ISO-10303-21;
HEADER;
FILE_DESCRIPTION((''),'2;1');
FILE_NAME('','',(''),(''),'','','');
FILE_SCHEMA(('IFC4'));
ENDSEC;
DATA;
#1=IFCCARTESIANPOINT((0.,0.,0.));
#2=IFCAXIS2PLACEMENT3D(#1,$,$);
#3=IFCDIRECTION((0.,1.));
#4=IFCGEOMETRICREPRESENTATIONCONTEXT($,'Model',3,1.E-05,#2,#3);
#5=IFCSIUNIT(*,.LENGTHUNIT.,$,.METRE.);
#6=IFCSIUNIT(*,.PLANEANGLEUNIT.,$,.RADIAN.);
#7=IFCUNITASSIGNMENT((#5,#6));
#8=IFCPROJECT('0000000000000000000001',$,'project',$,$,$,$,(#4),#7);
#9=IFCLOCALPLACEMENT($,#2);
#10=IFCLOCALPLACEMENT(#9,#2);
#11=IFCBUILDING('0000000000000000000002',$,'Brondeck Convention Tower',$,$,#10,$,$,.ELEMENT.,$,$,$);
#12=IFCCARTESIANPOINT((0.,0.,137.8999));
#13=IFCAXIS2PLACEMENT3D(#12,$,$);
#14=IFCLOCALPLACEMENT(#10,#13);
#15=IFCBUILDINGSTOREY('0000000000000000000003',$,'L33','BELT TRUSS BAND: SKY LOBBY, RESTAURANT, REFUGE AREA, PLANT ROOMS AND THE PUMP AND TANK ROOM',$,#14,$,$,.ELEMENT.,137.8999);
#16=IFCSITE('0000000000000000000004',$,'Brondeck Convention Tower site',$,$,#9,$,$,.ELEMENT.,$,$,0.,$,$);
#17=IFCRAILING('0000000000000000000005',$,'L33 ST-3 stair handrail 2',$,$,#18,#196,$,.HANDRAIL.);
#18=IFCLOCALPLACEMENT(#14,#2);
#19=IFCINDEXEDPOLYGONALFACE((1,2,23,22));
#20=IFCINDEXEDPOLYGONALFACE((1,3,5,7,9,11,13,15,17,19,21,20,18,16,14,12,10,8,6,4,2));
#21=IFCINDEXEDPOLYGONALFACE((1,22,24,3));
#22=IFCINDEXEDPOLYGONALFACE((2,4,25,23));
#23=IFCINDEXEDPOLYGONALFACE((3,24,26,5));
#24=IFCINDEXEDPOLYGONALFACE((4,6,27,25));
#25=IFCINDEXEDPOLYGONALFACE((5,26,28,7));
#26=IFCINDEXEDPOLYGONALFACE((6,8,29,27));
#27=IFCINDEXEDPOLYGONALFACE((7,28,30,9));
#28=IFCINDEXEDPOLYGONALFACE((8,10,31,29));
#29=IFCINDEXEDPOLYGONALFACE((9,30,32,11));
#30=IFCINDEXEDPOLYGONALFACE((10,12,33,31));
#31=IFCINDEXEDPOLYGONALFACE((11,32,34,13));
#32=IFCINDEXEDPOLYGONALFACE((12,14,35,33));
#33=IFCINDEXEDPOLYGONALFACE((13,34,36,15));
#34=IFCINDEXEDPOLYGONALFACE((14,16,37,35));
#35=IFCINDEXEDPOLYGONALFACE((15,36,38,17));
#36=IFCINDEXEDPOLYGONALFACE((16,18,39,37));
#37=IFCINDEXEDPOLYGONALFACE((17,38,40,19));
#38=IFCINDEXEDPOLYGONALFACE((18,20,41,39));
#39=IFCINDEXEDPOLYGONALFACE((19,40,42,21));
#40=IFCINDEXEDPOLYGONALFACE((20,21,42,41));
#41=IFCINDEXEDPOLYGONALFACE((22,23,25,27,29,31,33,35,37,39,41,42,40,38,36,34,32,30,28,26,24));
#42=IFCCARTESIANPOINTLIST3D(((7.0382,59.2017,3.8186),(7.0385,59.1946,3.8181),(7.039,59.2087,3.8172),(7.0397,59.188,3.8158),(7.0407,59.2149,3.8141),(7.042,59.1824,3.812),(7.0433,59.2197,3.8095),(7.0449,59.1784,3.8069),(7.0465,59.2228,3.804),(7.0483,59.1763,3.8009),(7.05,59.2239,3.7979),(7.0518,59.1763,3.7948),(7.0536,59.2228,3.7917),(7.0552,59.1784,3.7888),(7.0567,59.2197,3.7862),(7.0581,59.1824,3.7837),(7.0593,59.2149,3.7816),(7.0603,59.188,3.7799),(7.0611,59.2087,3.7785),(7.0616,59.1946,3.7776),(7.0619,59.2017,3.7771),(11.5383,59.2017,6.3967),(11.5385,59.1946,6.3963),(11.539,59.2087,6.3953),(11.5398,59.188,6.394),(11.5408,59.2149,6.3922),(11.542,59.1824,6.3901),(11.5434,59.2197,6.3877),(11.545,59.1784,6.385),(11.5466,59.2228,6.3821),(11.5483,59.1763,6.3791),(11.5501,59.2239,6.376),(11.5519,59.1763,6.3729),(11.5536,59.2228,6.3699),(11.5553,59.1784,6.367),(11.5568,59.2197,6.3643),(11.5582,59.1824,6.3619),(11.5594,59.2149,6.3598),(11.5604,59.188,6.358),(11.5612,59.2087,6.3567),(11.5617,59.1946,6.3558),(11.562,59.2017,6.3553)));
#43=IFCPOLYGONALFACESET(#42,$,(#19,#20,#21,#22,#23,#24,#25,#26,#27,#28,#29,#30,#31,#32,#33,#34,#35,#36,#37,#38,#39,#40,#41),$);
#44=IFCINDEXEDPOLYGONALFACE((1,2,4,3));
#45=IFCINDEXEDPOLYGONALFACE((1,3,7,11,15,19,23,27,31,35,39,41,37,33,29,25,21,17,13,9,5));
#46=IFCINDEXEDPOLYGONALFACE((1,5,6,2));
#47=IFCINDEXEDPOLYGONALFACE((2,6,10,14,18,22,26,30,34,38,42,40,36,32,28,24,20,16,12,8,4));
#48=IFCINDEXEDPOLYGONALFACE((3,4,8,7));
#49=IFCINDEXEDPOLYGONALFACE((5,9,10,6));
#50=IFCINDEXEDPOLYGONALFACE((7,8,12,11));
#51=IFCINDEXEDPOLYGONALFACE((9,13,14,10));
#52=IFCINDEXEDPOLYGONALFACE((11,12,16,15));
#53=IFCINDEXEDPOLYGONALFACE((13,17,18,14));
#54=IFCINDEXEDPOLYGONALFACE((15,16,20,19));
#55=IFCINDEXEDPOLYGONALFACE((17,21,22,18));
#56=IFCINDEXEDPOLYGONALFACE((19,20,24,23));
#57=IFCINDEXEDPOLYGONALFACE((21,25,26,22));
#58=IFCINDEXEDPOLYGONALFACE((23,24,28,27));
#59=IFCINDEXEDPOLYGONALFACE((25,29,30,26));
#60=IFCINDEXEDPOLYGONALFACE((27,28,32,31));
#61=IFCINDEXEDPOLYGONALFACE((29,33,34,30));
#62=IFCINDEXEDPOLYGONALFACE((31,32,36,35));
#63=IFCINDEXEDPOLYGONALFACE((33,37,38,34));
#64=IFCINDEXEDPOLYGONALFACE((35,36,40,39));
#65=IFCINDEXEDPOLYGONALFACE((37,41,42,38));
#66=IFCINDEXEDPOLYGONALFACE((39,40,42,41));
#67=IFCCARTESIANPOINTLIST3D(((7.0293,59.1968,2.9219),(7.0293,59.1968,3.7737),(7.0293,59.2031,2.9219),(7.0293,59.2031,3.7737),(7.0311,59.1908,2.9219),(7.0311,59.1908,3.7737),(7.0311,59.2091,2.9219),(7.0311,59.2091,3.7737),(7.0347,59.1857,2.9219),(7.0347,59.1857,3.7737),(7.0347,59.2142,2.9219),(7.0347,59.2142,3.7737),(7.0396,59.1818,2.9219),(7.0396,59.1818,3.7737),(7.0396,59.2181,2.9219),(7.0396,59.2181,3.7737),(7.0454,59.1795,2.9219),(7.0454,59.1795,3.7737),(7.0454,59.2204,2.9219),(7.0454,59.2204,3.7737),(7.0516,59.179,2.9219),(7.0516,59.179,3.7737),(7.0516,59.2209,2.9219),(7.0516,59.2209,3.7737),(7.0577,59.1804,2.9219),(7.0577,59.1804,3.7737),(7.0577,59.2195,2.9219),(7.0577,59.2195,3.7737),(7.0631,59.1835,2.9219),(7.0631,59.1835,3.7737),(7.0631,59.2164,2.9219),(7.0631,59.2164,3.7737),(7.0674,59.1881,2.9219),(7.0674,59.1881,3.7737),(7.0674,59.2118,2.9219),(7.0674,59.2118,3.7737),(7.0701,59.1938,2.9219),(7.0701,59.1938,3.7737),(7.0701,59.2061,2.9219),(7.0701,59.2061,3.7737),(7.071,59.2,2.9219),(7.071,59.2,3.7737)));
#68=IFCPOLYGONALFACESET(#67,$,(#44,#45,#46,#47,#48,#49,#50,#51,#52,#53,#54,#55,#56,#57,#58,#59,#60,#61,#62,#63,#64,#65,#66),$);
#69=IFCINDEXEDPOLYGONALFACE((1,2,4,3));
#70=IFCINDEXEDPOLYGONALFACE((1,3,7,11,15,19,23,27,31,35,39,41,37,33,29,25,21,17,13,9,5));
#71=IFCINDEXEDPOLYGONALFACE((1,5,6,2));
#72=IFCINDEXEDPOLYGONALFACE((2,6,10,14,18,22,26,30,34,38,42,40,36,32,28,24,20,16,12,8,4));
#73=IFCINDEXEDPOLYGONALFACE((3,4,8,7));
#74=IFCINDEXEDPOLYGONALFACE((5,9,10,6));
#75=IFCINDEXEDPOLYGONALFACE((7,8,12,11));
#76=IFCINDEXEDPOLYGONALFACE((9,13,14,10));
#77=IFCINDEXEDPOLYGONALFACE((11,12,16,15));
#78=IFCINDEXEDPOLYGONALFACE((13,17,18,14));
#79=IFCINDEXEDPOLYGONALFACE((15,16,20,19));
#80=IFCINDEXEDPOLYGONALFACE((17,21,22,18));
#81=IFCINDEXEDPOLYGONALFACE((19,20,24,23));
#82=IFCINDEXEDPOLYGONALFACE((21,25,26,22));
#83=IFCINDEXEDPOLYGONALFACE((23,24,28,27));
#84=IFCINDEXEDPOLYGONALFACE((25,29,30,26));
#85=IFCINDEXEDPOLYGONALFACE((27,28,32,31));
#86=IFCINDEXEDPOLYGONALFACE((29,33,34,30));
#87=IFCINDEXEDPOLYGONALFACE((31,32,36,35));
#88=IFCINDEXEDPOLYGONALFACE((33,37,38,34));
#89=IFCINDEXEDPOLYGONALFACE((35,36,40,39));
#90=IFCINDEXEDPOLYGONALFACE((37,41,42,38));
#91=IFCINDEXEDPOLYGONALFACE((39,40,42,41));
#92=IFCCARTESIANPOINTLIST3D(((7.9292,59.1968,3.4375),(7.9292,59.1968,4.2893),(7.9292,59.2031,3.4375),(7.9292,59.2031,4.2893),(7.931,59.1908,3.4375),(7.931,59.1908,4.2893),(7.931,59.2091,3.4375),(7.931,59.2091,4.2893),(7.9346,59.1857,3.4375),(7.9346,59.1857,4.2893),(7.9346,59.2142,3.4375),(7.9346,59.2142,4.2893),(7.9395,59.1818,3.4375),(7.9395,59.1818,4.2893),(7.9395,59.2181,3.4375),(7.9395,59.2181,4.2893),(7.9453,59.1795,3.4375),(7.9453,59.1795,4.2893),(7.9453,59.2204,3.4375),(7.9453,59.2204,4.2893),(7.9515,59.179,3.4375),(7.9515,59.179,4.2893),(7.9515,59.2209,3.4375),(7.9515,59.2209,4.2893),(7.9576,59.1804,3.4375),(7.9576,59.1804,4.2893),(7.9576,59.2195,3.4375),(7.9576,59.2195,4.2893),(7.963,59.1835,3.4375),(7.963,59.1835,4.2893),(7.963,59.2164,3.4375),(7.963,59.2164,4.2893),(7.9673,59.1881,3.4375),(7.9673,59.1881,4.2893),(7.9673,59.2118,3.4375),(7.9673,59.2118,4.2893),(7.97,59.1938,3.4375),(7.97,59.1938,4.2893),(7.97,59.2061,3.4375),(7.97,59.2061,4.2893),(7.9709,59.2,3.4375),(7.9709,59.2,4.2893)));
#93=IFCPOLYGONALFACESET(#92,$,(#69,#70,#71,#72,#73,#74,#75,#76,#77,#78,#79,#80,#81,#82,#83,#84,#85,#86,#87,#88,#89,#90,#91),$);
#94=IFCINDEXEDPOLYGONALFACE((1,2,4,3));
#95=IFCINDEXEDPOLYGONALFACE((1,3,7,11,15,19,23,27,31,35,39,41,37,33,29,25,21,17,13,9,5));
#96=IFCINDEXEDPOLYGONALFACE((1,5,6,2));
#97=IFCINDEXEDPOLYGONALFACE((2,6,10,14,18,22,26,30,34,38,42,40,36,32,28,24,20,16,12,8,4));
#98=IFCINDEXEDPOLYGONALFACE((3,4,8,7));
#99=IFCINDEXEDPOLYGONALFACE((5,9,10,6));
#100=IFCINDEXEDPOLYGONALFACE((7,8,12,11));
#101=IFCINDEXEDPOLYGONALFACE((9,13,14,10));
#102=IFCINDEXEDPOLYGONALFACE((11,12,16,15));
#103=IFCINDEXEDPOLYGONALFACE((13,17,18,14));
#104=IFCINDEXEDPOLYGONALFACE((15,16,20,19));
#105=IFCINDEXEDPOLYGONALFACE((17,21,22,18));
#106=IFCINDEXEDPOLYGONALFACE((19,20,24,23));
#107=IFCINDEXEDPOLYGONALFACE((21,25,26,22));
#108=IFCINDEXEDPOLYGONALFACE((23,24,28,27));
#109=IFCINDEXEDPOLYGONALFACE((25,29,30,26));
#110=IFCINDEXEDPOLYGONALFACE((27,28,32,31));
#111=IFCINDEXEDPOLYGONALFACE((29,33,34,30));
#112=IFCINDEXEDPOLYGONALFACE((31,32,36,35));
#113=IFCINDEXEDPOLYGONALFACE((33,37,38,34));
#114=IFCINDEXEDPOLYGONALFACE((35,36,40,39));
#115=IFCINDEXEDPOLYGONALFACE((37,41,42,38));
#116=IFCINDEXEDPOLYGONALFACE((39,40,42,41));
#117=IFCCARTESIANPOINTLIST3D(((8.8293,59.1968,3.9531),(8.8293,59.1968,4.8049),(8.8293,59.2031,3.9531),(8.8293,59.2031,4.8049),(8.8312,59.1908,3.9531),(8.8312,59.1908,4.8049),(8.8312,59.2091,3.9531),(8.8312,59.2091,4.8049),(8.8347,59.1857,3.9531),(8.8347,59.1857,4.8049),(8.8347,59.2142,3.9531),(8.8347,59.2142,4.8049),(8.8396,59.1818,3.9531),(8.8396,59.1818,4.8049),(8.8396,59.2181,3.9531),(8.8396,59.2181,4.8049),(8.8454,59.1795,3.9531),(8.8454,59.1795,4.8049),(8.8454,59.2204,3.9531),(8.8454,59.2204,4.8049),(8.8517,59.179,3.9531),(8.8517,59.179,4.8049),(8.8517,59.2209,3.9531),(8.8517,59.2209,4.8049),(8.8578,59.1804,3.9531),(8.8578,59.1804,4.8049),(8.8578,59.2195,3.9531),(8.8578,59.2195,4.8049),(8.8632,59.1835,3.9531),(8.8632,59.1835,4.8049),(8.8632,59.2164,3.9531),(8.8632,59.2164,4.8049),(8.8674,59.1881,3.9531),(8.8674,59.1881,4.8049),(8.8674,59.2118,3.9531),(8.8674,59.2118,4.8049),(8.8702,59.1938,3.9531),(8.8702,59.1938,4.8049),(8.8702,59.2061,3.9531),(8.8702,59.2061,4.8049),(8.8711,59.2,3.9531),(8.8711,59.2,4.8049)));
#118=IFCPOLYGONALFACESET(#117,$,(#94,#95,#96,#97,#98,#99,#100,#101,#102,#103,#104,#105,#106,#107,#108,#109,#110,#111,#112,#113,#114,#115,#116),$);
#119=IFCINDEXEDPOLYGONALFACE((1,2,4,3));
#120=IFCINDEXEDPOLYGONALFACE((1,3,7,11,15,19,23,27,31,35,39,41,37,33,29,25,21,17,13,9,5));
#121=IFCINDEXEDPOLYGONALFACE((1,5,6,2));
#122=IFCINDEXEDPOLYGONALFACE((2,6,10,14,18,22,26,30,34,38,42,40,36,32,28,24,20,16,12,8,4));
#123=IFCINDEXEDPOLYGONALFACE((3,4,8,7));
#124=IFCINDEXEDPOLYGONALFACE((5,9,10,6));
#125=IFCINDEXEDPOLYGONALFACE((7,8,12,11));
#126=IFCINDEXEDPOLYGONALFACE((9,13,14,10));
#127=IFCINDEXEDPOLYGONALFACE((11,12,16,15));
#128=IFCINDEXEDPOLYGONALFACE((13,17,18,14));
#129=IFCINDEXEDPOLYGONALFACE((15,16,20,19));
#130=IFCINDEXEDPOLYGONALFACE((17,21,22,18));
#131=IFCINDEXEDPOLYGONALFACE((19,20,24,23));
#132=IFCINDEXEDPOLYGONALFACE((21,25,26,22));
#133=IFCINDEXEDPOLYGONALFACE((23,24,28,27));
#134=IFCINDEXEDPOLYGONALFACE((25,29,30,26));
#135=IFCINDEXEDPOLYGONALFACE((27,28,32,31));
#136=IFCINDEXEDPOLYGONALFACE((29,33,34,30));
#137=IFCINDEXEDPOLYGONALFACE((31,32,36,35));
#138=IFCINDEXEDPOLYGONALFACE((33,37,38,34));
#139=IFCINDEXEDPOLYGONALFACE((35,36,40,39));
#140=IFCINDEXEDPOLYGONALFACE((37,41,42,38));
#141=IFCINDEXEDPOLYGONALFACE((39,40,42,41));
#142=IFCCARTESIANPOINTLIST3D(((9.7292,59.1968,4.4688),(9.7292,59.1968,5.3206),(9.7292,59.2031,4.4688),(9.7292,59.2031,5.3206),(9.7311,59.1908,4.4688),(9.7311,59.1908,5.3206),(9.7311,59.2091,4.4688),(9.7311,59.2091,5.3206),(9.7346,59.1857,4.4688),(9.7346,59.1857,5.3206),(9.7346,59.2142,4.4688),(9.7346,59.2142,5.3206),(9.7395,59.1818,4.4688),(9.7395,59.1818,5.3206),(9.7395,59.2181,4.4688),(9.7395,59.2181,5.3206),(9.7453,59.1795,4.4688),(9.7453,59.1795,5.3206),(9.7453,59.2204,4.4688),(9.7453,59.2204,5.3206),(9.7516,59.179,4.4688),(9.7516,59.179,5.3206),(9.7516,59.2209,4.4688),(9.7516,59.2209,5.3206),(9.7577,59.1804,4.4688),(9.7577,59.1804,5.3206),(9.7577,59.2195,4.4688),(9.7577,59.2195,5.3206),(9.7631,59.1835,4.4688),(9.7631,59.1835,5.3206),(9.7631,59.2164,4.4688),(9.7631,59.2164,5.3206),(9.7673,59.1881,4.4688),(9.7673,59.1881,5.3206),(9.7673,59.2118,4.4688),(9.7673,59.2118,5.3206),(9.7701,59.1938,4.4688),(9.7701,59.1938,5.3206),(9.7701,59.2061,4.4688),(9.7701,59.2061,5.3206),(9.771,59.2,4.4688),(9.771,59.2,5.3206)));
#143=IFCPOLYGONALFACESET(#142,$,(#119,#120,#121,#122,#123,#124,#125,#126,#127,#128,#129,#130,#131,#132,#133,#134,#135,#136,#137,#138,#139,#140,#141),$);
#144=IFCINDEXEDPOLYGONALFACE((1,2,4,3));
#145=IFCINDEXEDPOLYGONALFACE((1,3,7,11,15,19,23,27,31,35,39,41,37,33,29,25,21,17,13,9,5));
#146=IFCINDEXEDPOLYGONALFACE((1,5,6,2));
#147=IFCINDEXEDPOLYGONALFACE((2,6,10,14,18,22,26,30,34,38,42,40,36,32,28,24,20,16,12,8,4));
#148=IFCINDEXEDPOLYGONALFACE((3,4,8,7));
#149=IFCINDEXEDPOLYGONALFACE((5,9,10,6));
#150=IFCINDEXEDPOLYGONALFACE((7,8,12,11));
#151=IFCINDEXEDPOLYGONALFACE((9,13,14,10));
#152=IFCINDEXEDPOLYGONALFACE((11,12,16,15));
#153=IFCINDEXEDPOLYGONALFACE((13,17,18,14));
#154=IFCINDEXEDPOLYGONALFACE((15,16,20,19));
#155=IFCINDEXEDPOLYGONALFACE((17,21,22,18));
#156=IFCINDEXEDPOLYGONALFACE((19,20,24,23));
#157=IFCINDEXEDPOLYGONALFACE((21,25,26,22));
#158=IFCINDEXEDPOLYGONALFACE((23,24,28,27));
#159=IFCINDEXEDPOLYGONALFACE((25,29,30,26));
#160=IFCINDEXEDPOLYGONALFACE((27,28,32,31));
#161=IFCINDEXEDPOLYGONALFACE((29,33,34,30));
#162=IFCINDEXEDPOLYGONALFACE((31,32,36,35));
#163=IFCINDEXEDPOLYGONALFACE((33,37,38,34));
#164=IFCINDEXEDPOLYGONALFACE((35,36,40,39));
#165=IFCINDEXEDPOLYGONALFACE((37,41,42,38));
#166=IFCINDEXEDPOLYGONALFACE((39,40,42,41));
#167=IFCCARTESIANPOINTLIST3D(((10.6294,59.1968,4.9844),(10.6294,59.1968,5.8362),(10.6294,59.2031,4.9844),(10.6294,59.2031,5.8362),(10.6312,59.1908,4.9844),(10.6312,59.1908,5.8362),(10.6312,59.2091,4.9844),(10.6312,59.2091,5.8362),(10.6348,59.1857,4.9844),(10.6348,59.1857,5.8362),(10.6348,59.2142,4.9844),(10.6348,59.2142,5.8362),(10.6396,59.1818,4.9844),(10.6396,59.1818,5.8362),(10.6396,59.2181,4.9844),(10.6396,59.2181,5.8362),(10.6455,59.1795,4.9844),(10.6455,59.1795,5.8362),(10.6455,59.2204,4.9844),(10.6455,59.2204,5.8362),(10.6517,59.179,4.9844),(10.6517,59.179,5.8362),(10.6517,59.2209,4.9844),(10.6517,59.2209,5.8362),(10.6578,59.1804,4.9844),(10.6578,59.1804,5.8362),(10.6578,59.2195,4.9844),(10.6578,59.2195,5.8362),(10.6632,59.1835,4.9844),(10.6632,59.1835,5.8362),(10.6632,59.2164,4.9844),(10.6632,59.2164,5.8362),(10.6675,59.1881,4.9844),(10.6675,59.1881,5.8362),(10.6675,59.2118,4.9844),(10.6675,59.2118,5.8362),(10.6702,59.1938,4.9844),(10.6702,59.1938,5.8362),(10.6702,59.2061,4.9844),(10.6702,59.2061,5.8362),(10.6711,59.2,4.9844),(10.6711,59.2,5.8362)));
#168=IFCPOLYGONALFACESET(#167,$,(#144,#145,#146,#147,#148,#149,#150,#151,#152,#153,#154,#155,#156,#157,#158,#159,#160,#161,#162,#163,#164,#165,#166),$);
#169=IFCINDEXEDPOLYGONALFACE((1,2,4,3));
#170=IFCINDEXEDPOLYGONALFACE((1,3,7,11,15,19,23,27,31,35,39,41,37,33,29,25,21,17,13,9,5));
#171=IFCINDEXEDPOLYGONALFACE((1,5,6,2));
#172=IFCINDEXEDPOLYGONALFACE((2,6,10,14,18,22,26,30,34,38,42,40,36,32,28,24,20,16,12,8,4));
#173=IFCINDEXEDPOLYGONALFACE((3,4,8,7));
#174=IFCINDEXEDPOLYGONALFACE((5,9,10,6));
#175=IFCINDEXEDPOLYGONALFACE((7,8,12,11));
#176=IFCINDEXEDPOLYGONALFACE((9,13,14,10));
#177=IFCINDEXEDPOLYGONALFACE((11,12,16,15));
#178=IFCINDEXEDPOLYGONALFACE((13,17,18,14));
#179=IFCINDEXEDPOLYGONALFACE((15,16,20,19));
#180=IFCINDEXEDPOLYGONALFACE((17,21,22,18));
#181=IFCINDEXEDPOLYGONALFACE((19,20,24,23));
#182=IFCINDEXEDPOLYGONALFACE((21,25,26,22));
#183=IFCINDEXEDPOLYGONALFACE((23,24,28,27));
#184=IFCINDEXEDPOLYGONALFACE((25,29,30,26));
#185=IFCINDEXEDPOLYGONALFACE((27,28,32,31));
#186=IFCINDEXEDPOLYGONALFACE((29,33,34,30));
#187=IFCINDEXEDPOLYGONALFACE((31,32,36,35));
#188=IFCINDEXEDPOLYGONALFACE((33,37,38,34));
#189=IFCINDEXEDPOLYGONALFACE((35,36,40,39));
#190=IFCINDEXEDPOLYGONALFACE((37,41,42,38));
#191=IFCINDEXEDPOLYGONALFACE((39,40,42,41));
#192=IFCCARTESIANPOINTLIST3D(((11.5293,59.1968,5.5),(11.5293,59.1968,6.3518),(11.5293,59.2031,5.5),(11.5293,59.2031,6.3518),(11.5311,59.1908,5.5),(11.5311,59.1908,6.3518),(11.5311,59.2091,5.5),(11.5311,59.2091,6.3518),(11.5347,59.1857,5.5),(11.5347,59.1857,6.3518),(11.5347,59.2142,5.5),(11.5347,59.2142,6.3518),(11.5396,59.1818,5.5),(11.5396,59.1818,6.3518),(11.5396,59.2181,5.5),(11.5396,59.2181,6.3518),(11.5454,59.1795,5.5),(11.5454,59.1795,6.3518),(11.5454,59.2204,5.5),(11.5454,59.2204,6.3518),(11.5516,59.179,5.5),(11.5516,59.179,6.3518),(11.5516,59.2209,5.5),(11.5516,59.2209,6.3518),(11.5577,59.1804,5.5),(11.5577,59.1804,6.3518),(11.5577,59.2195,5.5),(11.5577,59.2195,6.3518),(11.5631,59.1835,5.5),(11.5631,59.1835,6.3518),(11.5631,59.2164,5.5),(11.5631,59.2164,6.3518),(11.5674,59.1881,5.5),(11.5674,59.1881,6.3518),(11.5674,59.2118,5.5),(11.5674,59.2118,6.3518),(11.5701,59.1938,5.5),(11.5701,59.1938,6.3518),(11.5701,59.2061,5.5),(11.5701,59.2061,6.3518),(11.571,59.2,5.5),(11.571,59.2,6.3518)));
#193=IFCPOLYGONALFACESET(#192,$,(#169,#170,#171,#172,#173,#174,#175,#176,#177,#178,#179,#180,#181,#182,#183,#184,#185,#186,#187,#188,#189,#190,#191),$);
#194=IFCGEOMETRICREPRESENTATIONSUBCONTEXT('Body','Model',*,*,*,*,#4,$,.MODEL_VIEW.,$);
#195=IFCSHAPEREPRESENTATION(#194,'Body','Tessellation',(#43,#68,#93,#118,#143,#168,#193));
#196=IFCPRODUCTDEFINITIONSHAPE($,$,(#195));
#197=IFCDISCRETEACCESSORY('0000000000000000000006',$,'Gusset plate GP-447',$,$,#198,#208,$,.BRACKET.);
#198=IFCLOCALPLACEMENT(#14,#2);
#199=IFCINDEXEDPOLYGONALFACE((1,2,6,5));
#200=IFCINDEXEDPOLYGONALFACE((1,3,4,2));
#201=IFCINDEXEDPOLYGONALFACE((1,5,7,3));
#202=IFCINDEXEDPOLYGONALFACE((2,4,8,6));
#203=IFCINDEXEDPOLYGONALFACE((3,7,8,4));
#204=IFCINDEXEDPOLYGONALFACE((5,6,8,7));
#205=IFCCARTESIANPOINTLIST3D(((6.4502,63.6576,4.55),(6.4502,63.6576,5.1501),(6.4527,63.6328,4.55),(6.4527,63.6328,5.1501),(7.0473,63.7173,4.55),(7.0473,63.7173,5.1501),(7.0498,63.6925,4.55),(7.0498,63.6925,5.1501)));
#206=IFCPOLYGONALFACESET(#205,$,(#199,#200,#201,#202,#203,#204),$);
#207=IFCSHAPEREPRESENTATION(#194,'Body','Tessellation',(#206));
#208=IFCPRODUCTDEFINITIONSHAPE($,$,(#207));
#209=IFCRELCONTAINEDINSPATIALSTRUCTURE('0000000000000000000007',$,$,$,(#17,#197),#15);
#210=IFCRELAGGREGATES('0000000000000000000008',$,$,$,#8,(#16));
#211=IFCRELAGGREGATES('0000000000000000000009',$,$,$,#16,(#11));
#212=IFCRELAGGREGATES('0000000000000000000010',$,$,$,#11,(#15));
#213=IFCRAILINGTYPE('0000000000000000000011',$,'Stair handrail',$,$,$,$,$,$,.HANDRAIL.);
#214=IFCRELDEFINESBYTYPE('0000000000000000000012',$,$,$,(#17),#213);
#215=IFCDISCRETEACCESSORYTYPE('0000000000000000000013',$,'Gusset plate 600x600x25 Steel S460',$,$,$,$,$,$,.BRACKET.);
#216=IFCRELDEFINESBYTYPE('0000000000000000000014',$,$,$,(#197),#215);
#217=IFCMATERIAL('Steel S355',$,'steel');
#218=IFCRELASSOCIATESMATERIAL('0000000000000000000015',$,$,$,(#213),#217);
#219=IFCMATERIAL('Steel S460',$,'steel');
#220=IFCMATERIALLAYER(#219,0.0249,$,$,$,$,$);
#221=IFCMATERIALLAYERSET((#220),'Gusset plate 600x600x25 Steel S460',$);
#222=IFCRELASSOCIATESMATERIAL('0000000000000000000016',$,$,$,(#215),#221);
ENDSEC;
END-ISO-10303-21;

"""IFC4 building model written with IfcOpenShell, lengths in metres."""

from ifc_helpers import new_model, si_unit, direction, frame, origin, origin_2d, place, context, subcontext, project, spatial, rectangle, circle, extrude, material, layer, layer_set, type_object, element, save


model = new_model("IFC4")

# Units and contexts
model_context = context("Model", 3, precision=1e-05, world=origin(), true_north=direction((0.0, 1.0)))
body_context = subcontext(model_context, "Body", "Model", "MODEL_VIEW")
ifc_project = project(units=[si_unit("LENGTHUNIT", "METRE"), si_unit("PLANEANGLEUNIT", "RADIAN")], contexts=[model_context])

# Site, building, storey
site_placement = place(None, origin())
site = spatial("IfcSite", under=ifc_project, at=site_placement, Name="Brondeck Convention Tower site", CompositionType="ELEMENT", RefElevation=0.0)
building_placement = place(site_placement, origin())
building = spatial("IfcBuilding", under=site, at=building_placement, Name="Brondeck Convention Tower", CompositionType="ELEMENT")
storey_placement = place(building_placement, frame((0.0, 0.0, 137.8999)))
storey = spatial("IfcBuildingStorey", under=building, at=storey_placement, Name="L33", Description="BELT TRUSS BAND: SKY LOBBY, RESTAURANT, REFUGE AREA, PLANT ROOMS AND THE PUMP AND TANK ROOM", CompositionType="ELEMENT", Elevation=137.8999)

# Shared definitions
ifc_material_1 = material(Name="Steel S460", Category="steel")

# Railing
ifc_material_2 = material(Name="Steel S355", Category="steel")
railing_type = type_object("IfcRailingType", Name="Stair handrail", PredefinedType="HANDRAIL", material=ifc_material_2)
railing_placement = place(storey_placement, frame((7.05, 59.2, 2.9219)))
element("IfcRailing", 1, at=railing_placement, inside=storey, type_object=railing_type, Name="L33 ST-3 stair handrail 2", PredefinedType="HANDRAIL", context=body_context, shape_type="SweptSolid", body=[
    extrude(circle(Radius=0.0239, at=origin_2d()), frame((0.0, 0.0, 0.876), z_axis=(0.867686, 0.0, 0.497112), x_axis=(0.0, 1.0, 0.0)), (0.0, 0.0, 1.0), 5.1863),
    extrude(circle(Radius=0.021, at=origin_2d()), origin(), (0.0, 0.0, 1.0), 0.8518),
    extrude(circle(Radius=0.021, at=origin_2d()), frame((0.8999, 0.0, 0.5156)), (0.0, 0.0, 1.0), 0.8518),
    extrude(circle(Radius=0.021, at=origin_2d()), frame((1.8, 0.0, 1.0312)), (0.0, 0.0, 1.0), 0.8518),
    extrude(circle(Radius=0.021, at=origin_2d()), frame((2.7, 0.0, 1.5469)), (0.0, 0.0, 1.0), 0.8518),
    extrude(circle(Radius=0.021, at=origin_2d()), frame((3.6001, 0.0, 2.0625)), (0.0, 0.0, 1.0), 0.8518),
    extrude(circle(Radius=0.021, at=origin_2d()), frame((4.5, 0.0, 2.5781)), (0.0, 0.0, 1.0), 0.8518),
])

# Discrete accessory
ifc_layer_1 = layer(ifc_material_1, 0.0249)
ifc_layer_set_1 = layer_set([ifc_layer_1], Name="Gusset plate 600x600x25 Steel S460")
discrete_accessory_type = type_object("IfcDiscreteAccessoryType", Name="Gusset plate 600x600x25 Steel S460", PredefinedType="BRACKET", material=ifc_layer_set_1)
for number, where, z_axis, x_axis, name in (
    (2, (6.75, 63.675, 4.55), (0.0, 0.0, 1.0), (0.995036, 0.099511, 0.0), "Gusset plate GP-447"),
):
    element("IfcDiscreteAccessory", number, at=place(storey_placement, frame(where, z_axis=z_axis, x_axis=x_axis)), inside=storey, type_object=discrete_accessory_type, Name=name, PredefinedType="BRACKET", context=body_context, shape_type="SweptSolid", body=[
        extrude(rectangle(XDim=0.6001, YDim=0.0249, at=origin_2d()), origin(), (0.0, 0.0, 1.0), 0.6001),
    ])

save(model, "model.ifc")
